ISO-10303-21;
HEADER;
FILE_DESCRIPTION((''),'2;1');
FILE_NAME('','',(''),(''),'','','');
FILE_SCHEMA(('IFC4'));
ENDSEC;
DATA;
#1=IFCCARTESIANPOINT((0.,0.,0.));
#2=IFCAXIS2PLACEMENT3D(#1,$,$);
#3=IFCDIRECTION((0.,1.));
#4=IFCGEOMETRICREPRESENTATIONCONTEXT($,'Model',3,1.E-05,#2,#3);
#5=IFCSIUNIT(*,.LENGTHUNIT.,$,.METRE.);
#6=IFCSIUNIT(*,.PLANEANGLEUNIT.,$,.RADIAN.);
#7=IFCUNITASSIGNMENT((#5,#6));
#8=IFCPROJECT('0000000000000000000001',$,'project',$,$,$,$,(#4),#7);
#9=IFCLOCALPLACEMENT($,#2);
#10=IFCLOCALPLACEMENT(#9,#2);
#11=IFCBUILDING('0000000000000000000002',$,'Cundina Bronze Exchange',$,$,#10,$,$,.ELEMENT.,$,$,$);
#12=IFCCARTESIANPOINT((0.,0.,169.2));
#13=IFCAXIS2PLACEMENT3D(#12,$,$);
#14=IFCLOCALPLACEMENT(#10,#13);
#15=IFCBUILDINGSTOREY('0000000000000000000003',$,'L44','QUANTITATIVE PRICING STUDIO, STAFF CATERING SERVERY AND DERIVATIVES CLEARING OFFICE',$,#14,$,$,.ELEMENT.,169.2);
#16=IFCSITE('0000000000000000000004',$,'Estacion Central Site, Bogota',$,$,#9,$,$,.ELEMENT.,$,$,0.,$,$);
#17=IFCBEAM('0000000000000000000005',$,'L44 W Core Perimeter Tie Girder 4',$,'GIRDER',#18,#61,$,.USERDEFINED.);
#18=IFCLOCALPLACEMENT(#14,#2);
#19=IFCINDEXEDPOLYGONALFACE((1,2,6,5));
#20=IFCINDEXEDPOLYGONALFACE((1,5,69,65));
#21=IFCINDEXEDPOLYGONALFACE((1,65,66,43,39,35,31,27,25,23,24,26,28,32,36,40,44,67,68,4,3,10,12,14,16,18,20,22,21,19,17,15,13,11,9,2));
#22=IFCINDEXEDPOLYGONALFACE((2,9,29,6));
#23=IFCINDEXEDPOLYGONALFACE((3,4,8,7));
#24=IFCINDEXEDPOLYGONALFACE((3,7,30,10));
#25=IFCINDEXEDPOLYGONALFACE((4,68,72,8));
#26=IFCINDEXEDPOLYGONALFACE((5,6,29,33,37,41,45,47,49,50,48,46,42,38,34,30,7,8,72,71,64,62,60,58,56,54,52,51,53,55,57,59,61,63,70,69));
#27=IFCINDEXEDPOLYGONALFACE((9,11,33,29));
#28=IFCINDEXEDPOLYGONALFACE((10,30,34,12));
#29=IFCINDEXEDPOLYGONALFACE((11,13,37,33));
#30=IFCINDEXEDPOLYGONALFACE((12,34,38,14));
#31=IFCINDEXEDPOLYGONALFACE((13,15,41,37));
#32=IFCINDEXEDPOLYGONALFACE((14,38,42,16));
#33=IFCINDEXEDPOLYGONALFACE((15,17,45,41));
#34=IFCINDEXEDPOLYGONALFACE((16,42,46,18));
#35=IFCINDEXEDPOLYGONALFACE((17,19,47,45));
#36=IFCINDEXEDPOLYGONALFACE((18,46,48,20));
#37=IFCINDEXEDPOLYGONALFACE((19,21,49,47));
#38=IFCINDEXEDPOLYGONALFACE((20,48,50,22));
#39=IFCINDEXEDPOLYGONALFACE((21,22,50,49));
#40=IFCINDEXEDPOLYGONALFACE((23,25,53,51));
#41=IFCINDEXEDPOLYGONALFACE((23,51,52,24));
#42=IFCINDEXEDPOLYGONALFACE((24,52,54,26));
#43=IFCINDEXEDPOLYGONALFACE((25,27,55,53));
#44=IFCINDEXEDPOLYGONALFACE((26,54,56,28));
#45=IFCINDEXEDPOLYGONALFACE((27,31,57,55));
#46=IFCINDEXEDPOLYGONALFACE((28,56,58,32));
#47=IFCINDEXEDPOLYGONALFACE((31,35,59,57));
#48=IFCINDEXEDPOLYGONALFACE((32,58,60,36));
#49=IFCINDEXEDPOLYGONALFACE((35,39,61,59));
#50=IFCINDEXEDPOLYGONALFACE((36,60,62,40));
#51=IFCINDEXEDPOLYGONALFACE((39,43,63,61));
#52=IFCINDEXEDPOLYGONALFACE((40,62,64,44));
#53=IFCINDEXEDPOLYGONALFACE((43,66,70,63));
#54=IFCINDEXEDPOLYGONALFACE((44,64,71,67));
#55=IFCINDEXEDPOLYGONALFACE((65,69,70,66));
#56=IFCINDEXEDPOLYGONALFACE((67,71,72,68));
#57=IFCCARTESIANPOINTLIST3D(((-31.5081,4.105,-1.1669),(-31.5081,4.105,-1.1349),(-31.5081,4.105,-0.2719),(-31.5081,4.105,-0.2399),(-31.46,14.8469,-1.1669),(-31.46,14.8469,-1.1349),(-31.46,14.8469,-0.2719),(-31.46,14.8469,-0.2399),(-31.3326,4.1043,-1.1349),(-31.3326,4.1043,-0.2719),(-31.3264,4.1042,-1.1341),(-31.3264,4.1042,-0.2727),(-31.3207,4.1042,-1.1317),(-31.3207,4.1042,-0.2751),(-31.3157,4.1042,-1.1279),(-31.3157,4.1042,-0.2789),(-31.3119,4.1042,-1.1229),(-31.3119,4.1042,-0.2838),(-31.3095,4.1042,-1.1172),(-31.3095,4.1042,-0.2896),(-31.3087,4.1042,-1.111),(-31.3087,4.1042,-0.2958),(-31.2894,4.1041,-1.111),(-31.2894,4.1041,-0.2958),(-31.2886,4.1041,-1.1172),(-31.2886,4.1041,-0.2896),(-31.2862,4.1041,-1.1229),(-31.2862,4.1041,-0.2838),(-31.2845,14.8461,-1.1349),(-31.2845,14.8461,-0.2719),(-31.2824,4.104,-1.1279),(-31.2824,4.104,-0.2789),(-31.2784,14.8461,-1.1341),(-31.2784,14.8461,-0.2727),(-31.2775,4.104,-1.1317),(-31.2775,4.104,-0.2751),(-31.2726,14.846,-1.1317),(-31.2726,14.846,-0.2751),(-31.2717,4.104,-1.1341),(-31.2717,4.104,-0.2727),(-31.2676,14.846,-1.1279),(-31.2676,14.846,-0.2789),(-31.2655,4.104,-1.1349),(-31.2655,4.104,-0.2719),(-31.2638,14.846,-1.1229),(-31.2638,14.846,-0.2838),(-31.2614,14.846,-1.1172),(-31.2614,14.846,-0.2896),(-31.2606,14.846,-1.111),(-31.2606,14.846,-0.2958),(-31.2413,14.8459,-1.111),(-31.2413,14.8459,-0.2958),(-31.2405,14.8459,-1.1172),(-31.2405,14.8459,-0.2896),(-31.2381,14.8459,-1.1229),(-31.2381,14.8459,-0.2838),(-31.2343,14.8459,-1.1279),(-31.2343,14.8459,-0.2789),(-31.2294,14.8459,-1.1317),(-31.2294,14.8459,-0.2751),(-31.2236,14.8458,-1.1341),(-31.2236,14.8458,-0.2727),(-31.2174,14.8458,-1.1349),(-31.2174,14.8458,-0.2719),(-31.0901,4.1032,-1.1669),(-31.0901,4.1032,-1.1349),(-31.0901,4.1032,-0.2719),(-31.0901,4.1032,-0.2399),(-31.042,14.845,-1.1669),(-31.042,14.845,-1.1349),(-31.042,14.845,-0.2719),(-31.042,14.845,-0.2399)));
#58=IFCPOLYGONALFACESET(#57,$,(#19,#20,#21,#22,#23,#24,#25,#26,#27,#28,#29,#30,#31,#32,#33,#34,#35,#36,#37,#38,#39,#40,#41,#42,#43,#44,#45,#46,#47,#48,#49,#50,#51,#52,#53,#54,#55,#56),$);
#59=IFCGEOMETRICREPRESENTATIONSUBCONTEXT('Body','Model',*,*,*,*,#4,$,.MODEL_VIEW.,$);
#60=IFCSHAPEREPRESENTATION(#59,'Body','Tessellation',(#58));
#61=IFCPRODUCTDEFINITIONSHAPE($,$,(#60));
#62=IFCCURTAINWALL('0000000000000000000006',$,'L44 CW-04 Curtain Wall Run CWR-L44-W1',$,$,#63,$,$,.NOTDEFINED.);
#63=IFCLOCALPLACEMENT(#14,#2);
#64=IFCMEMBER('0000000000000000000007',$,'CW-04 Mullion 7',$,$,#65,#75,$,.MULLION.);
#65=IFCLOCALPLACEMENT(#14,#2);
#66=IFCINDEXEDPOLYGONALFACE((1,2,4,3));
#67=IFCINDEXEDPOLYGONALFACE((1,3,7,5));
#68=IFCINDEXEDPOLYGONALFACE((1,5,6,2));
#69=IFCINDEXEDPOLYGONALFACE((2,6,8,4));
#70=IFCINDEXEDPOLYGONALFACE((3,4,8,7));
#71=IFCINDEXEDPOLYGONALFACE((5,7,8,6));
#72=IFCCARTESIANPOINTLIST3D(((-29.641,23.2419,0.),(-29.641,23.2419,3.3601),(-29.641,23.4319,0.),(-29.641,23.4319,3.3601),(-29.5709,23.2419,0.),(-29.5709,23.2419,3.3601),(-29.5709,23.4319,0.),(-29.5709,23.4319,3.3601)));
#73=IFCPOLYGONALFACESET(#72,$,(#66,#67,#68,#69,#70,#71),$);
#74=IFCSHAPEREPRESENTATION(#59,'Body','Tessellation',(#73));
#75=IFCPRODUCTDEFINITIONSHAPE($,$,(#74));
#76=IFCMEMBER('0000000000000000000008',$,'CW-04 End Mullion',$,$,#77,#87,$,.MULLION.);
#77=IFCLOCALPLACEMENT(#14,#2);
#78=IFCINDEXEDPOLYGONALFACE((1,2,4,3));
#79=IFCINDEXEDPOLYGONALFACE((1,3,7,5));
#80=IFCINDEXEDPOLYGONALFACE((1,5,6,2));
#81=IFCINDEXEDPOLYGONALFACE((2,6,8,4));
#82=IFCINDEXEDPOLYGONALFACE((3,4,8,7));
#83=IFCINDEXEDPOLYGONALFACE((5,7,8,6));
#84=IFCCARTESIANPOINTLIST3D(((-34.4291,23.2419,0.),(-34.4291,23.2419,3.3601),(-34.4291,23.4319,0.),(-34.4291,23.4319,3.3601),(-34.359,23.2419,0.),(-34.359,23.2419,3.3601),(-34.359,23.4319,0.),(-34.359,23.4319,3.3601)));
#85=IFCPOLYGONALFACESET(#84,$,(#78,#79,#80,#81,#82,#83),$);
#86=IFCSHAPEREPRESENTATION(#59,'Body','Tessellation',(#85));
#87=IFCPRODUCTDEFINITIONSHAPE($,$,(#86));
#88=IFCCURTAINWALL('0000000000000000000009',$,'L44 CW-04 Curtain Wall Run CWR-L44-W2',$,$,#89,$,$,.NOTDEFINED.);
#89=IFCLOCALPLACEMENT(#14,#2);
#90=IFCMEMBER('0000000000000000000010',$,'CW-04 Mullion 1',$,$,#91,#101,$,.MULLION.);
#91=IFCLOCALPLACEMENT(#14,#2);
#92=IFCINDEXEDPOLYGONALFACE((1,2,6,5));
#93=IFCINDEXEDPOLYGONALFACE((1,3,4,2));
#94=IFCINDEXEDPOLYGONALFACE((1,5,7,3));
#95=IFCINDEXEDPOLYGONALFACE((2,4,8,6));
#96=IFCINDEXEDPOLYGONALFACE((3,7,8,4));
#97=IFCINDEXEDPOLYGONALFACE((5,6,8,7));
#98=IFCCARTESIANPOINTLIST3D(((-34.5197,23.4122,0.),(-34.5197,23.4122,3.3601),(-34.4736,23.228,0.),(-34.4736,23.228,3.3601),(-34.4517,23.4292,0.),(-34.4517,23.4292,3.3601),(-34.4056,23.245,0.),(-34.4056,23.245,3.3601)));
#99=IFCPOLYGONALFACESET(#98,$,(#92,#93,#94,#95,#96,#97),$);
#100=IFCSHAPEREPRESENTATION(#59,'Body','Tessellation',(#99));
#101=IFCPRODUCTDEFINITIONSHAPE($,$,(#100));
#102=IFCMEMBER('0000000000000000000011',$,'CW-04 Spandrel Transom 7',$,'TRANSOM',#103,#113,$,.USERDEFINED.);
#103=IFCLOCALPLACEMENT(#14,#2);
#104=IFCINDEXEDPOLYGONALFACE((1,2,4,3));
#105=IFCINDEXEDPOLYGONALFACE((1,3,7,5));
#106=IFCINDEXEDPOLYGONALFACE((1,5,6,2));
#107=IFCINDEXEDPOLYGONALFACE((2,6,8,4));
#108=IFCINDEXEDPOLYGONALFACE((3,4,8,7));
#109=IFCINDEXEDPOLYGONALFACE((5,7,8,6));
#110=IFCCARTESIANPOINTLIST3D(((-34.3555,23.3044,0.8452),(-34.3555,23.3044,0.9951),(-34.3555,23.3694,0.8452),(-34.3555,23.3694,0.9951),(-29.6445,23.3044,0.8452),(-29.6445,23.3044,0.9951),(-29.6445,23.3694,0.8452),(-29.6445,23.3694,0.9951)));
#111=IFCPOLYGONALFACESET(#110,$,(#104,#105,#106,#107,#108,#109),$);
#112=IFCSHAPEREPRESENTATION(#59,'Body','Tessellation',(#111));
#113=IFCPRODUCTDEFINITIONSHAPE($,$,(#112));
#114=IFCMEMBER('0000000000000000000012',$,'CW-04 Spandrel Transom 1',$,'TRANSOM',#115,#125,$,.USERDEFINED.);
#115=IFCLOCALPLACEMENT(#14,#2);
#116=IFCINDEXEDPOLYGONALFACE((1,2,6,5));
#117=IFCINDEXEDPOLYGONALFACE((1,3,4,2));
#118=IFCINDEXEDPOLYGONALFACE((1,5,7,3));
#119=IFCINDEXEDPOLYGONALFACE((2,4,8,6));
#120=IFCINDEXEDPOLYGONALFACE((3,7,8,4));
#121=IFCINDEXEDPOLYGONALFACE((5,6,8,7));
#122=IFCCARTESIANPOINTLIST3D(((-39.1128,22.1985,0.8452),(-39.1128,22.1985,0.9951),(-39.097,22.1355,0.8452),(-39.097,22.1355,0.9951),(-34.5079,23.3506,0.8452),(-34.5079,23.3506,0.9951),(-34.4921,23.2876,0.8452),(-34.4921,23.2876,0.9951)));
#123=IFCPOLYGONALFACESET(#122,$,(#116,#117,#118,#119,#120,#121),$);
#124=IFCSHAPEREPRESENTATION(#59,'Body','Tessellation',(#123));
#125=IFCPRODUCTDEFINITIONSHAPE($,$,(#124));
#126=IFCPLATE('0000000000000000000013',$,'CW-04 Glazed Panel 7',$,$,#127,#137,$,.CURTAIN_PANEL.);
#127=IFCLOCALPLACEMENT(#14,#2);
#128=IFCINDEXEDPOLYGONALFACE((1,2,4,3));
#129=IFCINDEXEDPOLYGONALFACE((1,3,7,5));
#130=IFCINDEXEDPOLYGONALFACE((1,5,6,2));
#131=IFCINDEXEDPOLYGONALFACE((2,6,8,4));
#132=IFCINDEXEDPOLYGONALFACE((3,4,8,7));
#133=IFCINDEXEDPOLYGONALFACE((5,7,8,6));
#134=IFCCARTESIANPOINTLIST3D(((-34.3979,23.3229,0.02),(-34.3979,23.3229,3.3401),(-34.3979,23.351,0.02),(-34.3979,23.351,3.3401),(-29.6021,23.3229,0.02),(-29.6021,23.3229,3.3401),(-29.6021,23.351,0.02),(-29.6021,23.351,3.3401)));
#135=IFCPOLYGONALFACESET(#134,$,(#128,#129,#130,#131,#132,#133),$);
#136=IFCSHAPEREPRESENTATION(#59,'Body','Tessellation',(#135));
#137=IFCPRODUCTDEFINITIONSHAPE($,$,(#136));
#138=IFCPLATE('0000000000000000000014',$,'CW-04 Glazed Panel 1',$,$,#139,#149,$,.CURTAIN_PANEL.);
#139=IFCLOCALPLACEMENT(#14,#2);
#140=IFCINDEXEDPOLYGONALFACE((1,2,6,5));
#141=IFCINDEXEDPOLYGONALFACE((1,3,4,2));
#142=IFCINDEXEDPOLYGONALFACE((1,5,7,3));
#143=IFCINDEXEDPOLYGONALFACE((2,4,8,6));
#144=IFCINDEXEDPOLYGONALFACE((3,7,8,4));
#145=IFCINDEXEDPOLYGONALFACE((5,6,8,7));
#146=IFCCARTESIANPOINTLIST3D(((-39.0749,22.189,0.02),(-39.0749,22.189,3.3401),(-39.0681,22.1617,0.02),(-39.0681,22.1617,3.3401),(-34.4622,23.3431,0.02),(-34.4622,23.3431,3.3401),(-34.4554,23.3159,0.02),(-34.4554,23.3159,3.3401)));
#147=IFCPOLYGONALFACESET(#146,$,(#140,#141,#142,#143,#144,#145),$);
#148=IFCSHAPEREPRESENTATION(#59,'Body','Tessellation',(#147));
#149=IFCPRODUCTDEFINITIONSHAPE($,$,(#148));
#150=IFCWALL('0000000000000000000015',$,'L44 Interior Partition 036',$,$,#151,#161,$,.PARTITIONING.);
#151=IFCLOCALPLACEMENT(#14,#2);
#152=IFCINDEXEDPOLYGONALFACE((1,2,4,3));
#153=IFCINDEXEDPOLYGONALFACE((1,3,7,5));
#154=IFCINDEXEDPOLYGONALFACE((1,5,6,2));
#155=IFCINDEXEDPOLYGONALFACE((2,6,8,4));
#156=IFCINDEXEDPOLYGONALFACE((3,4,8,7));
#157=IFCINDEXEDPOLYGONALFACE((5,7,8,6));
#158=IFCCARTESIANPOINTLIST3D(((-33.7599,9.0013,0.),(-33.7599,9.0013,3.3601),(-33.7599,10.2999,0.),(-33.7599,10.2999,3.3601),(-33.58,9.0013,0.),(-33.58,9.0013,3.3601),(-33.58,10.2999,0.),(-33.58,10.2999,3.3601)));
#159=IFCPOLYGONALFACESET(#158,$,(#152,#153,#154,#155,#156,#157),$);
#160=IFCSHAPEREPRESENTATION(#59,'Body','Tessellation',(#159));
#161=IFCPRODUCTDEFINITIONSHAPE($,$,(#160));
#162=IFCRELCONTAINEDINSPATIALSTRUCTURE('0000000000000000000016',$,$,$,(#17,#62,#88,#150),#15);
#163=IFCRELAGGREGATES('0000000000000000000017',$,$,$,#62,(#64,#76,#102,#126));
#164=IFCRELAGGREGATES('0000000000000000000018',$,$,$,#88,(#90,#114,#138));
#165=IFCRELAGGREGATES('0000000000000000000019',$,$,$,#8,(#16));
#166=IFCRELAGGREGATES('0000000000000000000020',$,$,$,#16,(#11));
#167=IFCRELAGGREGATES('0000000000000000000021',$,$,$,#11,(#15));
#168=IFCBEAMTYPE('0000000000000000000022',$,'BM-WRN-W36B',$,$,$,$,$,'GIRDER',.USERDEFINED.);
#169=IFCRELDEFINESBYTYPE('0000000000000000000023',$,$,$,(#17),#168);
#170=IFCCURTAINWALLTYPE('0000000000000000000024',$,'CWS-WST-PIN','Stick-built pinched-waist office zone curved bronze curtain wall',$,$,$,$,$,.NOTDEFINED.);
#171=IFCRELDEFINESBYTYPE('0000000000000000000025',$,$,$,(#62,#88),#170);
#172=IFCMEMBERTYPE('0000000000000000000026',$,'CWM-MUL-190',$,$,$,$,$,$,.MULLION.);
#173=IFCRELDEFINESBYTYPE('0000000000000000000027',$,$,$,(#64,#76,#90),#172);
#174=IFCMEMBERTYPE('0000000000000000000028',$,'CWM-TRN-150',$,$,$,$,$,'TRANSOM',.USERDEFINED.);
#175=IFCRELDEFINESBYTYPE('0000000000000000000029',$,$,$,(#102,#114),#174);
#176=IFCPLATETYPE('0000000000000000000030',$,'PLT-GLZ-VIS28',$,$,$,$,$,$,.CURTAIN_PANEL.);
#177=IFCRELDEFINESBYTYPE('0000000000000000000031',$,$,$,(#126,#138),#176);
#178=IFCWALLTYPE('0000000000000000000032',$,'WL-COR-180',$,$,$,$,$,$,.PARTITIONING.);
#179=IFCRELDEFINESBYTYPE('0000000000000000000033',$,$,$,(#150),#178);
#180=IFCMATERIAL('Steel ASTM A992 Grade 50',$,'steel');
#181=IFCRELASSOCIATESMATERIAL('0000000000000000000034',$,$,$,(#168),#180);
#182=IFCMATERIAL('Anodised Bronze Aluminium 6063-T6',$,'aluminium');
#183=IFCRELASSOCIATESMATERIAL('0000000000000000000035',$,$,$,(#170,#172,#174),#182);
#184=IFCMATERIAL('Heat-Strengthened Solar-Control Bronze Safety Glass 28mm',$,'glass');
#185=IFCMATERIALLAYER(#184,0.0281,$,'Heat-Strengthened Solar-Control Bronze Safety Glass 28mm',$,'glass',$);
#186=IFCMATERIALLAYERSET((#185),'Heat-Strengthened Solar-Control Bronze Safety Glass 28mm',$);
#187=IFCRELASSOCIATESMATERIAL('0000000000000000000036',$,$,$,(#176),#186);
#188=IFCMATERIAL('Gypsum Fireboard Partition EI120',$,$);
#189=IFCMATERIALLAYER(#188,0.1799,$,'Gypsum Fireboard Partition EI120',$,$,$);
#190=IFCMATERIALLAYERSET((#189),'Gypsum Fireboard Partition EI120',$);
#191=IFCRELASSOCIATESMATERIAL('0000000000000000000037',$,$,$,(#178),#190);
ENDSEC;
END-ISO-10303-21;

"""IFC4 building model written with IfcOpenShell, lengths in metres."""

from ifc_helpers import new_model, si_unit, direction, frame, frame_2d, origin, origin_2d, place, context, subcontext, project, spatial, rectangle, i_section, extrude, material, layer, layer_set, material_profile, profile_set, type_object, element, aggregate, save


model = new_model("IFC4")

# Units and contexts
model_context = context("Model", 3, precision=1e-05, world=origin(), true_north=direction((0.0, 1.0)))
body_context = subcontext(model_context, "Body", "Model", "MODEL_VIEW")
ifc_project = project(units=[si_unit("LENGTHUNIT", "METRE"), si_unit("PLANEANGLEUNIT", "RADIAN")], contexts=[model_context])

# Site, building, storey
site_placement = place(None, origin())
site = spatial("IfcSite", under=ifc_project, at=site_placement, Name="Estacion Central Site, Bogota", CompositionType="ELEMENT", RefElevation=0.0)
building_placement = place(site_placement, origin())
building = spatial("IfcBuilding", under=site, at=building_placement, Name="Cundina Bronze Exchange", CompositionType="ELEMENT")
storey_placement = place(building_placement, frame((0.0, 0.0, 169.2)))
storey = spatial("IfcBuildingStorey", under=building, at=storey_placement, Name="L44", Description="QUANTITATIVE PRICING STUDIO, STAFF CATERING SERVERY AND DERIVATIVES CLEARING OFFICE", CompositionType="ELEMENT", Elevation=169.2)

# Shared definitions
ifc_material_1 = material(Name="Steel ASTM A992 Grade 50", Category="steel")

# Beam
ifc_material_profile_1 = material_profile(ifc_material_1, i_section(OverallWidth=0.418, OverallDepth=0.927, WebThickness=0.0193, FlangeThickness=0.032, FilletRadius=0.0239, at=origin_2d()), Name="W36X231", Category="steel")
ifc_profile_set_1 = profile_set([ifc_material_profile_1], Name="Steel ASTM A992 Grade 50")
beam_type_1 = type_object("IfcBeamType", Name="BM-WRN-W36B", ElementType="GIRDER", PredefinedType="USERDEFINED", material=ifc_profile_set_1)
beam_1_placement = place(storey_placement, frame((-31.251, 14.8459, -0.7034), z_axis=(-0.004477, -0.99999, 0.0), x_axis=(0.99999, -0.004477, 0.0)))
element("IfcBeam", 1, at=beam_1_placement, inside=storey, type_object=beam_type_1, Name="L44 W Core Perimeter Tie Girder 4", ObjectType="GIRDER", PredefinedType="USERDEFINED", context=body_context, shape_type="SweptSolid", body=[
    extrude(i_section(OverallWidth=0.418, OverallDepth=0.927, WebThickness=0.0193, FlangeThickness=0.032, FilletRadius=0.0239, at=origin_2d()), origin(), (0.0, 0.0, 1.0), 10.7419),
])

# Curtain wall, members
ifc_material_2 = material(Name="Anodised Bronze Aluminium 6063-T6", Category="aluminium")
curtain_wall_type = type_object("IfcCurtainWallType", Name="CWS-WST-PIN", Description="Stick-built pinched-waist office zone curved bronze curtain wall", PredefinedType="NOTDEFINED", material=ifc_material_2)
curtain_wall_1_placement = place(storey_placement, origin())
curtain_wall_1 = element("IfcCurtainWall", 2, at=curtain_wall_1_placement, inside=storey, type_object=curtain_wall_type, Name="L44 CW-04 Curtain Wall Run CWR-L44-W1", PredefinedType="NOTDEFINED")
ifc_material_profile_2 = material_profile(ifc_material_2, rectangle(XDim=0.0701, YDim=0.1899, at=origin_2d()), Name="AL70X190", Category="aluminium")
ifc_profile_set_2 = profile_set([ifc_material_profile_2], Name="Anodised Bronze Aluminium 6063-T6")
member_type_1 = type_object("IfcMemberType", Name="CWM-MUL-190", PredefinedType="MULLION", material=ifc_profile_set_2)
member_1_placement = place(storey_placement, frame((-29.606, 23.3369, 0.0), z_axis=(0.0, 0.0, 1.0), x_axis=(-1.0, 0.0, 0.0)))
member_1 = element("IfcMember", 3, at=member_1_placement, type_object=member_type_1, Name="CW-04 Mullion 7", PredefinedType="MULLION", context=body_context, shape_type="SweptSolid", body=[
    extrude(rectangle(XDim=0.0701, YDim=0.1899, at=origin_2d()), origin(), (0.0, 0.0, 1.0), 3.3601),
])
member_2_placement = place(storey_placement, frame((-34.394, 23.3369, 0.0), z_axis=(0.0, 0.0, 1.0), x_axis=(-1.0, 0.0, 0.0)))
member_2 = element("IfcMember", 4, at=member_2_placement, type_object=member_type_1, Name="CW-04 End Mullion", PredefinedType="MULLION", context=body_context, shape_type="SweptSolid", body=[
    extrude(rectangle(XDim=0.0701, YDim=0.1899, at=origin_2d()), origin(), (0.0, 0.0, 1.0), 3.3601),
])

# Curtain wall, member
curtain_wall_2_placement = place(storey_placement, origin())
curtain_wall_2 = element("IfcCurtainWall", 5, at=curtain_wall_2_placement, inside=storey, type_object=curtain_wall_type, Name="L44 CW-04 Curtain Wall Run CWR-L44-W2", PredefinedType="NOTDEFINED")
member_3_placement = place(storey_placement, frame((-34.4626, 23.3286, 0.0), z_axis=(0.0, 0.0, 1.0), x_axis=(-0.970084, -0.242769, 0.0)))
member_3 = element("IfcMember", 6, at=member_3_placement, type_object=member_type_1, Name="CW-04 Mullion 1", PredefinedType="MULLION", context=body_context, shape_type="SweptSolid", body=[
    extrude(rectangle(XDim=0.0701, YDim=0.1899, at=origin_2d()), origin(), (0.0, 0.0, 1.0), 3.3601),
])

# Members
ifc_material_profile_3 = material_profile(ifc_material_2, rectangle(XDim=0.0649, YDim=0.1499, at=origin_2d()), Name="AL65X150", Category="aluminium")
ifc_profile_set_3 = profile_set([ifc_material_profile_3], Name="Anodised Bronze Aluminium 6063-T6")
member_type_2 = type_object("IfcMemberType", Name="CWM-TRN-150", ElementType="TRANSOM", PredefinedType="USERDEFINED", material=ifc_profile_set_3)
member_4_placement = place(storey_placement, frame((-29.6445, 23.3369, 0.9202), z_axis=(-1.0, 0.0, 0.0), x_axis=(0.0, -1.0, 0.0)))
member_4 = element("IfcMember", 7, at=member_4_placement, type_object=member_type_2, Name="CW-04 Spandrel Transom 7", ObjectType="TRANSOM", PredefinedType="USERDEFINED", context=body_context, shape_type="SweptSolid", body=[
    extrude(rectangle(XDim=0.0649, YDim=0.1499, at=origin_2d()), origin(), (0.0, 0.0, 1.0), 4.7109),
])
member_5_placement = place(storey_placement, frame((-34.5, 23.3191, 0.9202), z_axis=(-0.9701, -0.242705, 0.0), x_axis=(0.242705, -0.9701, 0.0)))
member_5 = element("IfcMember", 8, at=member_5_placement, type_object=member_type_2, Name="CW-04 Spandrel Transom 1", ObjectType="TRANSOM", PredefinedType="USERDEFINED", context=body_context, shape_type="SweptSolid", body=[
    extrude(rectangle(XDim=0.0649, YDim=0.1499, at=origin_2d()), origin(), (0.0, 0.0, 1.0), 4.7468),
])

# Plates
ifc_material_3 = material(Name="Heat-Strengthened Solar-Control Bronze Safety Glass 28mm", Category="glass")
ifc_layer_1 = layer(ifc_material_3, 0.0281, Name="Heat-Strengthened Solar-Control Bronze Safety Glass 28mm", Category="glass")
ifc_layer_set_1 = layer_set([ifc_layer_1], Name="Heat-Strengthened Solar-Control Bronze Safety Glass 28mm")
plate_type = type_object("IfcPlateType", Name="PLT-GLZ-VIS28", PredefinedType="CURTAIN_PANEL", material=ifc_layer_set_1)
plate_1_placement = place(storey_placement, frame((-32.0, 23.3369, 0.02), z_axis=(0.0, 0.0, 1.0), x_axis=(-1.0, 0.0, 0.0)))
plate_1 = element("IfcPlate", 9, at=plate_1_placement, type_object=plate_type, Name="CW-04 Glazed Panel 7", PredefinedType="CURTAIN_PANEL", context=body_context, shape_type="SweptSolid", body=[
    extrude(rectangle(XDim=4.7959, YDim=0.0281, at=origin_2d()), origin(), (0.0, 0.0, 1.0), 3.3201),
])
aggregate(curtain_wall_1, [member_1, member_2, member_4, plate_1])
plate_2_placement = place(storey_placement, frame((-36.7651, 22.7524, 0.02), z_axis=(0.0, 0.0, 1.0), x_axis=(-0.970093, -0.242735, 0.0)))
plate_2 = element("IfcPlate", 10, at=plate_2_placement, type_object=plate_type, Name="CW-04 Glazed Panel 1", PredefinedType="CURTAIN_PANEL", context=body_context, shape_type="SweptSolid", body=[
    extrude(rectangle(XDim=4.7549, YDim=0.0281, at=origin_2d()), origin(), (0.0, 0.0, 1.0), 3.3201),
])
aggregate(curtain_wall_2, [member_3, member_5, plate_2])

# Shared definitions
ifc_material_4 = material(Name="Gypsum Fireboard Partition EI120")
ifc_layer_2 = layer(ifc_material_4, 0.1799, Name="Gypsum Fireboard Partition EI120")
ifc_layer_set_2 = layer_set([ifc_layer_2], Name="Gypsum Fireboard Partition EI120")
wall_type_1 = type_object("IfcWallType", Name="WL-COR-180", PredefinedType="PARTITIONING", material=ifc_layer_set_2)

# Wall
wall_1_placement = place(storey_placement, frame((-33.6699, 10.3, 0.0), z_axis=(0.0, 0.0, 1.0), x_axis=(0.0, -1.0, 0.0)))
element("IfcWall", 11, at=wall_1_placement, inside=storey, type_object=wall_type_1, Name="L44 Interior Partition 036", PredefinedType="PARTITIONING", context=body_context, shape_type="SweptSolid", body=[
    extrude(rectangle(XDim=1.2986, YDim=0.1799, at=frame_2d((0.6494, 0.0))), origin(), (0.0, 0.0, 1.0), 3.3601),
])

save(model, "model.ifc")
